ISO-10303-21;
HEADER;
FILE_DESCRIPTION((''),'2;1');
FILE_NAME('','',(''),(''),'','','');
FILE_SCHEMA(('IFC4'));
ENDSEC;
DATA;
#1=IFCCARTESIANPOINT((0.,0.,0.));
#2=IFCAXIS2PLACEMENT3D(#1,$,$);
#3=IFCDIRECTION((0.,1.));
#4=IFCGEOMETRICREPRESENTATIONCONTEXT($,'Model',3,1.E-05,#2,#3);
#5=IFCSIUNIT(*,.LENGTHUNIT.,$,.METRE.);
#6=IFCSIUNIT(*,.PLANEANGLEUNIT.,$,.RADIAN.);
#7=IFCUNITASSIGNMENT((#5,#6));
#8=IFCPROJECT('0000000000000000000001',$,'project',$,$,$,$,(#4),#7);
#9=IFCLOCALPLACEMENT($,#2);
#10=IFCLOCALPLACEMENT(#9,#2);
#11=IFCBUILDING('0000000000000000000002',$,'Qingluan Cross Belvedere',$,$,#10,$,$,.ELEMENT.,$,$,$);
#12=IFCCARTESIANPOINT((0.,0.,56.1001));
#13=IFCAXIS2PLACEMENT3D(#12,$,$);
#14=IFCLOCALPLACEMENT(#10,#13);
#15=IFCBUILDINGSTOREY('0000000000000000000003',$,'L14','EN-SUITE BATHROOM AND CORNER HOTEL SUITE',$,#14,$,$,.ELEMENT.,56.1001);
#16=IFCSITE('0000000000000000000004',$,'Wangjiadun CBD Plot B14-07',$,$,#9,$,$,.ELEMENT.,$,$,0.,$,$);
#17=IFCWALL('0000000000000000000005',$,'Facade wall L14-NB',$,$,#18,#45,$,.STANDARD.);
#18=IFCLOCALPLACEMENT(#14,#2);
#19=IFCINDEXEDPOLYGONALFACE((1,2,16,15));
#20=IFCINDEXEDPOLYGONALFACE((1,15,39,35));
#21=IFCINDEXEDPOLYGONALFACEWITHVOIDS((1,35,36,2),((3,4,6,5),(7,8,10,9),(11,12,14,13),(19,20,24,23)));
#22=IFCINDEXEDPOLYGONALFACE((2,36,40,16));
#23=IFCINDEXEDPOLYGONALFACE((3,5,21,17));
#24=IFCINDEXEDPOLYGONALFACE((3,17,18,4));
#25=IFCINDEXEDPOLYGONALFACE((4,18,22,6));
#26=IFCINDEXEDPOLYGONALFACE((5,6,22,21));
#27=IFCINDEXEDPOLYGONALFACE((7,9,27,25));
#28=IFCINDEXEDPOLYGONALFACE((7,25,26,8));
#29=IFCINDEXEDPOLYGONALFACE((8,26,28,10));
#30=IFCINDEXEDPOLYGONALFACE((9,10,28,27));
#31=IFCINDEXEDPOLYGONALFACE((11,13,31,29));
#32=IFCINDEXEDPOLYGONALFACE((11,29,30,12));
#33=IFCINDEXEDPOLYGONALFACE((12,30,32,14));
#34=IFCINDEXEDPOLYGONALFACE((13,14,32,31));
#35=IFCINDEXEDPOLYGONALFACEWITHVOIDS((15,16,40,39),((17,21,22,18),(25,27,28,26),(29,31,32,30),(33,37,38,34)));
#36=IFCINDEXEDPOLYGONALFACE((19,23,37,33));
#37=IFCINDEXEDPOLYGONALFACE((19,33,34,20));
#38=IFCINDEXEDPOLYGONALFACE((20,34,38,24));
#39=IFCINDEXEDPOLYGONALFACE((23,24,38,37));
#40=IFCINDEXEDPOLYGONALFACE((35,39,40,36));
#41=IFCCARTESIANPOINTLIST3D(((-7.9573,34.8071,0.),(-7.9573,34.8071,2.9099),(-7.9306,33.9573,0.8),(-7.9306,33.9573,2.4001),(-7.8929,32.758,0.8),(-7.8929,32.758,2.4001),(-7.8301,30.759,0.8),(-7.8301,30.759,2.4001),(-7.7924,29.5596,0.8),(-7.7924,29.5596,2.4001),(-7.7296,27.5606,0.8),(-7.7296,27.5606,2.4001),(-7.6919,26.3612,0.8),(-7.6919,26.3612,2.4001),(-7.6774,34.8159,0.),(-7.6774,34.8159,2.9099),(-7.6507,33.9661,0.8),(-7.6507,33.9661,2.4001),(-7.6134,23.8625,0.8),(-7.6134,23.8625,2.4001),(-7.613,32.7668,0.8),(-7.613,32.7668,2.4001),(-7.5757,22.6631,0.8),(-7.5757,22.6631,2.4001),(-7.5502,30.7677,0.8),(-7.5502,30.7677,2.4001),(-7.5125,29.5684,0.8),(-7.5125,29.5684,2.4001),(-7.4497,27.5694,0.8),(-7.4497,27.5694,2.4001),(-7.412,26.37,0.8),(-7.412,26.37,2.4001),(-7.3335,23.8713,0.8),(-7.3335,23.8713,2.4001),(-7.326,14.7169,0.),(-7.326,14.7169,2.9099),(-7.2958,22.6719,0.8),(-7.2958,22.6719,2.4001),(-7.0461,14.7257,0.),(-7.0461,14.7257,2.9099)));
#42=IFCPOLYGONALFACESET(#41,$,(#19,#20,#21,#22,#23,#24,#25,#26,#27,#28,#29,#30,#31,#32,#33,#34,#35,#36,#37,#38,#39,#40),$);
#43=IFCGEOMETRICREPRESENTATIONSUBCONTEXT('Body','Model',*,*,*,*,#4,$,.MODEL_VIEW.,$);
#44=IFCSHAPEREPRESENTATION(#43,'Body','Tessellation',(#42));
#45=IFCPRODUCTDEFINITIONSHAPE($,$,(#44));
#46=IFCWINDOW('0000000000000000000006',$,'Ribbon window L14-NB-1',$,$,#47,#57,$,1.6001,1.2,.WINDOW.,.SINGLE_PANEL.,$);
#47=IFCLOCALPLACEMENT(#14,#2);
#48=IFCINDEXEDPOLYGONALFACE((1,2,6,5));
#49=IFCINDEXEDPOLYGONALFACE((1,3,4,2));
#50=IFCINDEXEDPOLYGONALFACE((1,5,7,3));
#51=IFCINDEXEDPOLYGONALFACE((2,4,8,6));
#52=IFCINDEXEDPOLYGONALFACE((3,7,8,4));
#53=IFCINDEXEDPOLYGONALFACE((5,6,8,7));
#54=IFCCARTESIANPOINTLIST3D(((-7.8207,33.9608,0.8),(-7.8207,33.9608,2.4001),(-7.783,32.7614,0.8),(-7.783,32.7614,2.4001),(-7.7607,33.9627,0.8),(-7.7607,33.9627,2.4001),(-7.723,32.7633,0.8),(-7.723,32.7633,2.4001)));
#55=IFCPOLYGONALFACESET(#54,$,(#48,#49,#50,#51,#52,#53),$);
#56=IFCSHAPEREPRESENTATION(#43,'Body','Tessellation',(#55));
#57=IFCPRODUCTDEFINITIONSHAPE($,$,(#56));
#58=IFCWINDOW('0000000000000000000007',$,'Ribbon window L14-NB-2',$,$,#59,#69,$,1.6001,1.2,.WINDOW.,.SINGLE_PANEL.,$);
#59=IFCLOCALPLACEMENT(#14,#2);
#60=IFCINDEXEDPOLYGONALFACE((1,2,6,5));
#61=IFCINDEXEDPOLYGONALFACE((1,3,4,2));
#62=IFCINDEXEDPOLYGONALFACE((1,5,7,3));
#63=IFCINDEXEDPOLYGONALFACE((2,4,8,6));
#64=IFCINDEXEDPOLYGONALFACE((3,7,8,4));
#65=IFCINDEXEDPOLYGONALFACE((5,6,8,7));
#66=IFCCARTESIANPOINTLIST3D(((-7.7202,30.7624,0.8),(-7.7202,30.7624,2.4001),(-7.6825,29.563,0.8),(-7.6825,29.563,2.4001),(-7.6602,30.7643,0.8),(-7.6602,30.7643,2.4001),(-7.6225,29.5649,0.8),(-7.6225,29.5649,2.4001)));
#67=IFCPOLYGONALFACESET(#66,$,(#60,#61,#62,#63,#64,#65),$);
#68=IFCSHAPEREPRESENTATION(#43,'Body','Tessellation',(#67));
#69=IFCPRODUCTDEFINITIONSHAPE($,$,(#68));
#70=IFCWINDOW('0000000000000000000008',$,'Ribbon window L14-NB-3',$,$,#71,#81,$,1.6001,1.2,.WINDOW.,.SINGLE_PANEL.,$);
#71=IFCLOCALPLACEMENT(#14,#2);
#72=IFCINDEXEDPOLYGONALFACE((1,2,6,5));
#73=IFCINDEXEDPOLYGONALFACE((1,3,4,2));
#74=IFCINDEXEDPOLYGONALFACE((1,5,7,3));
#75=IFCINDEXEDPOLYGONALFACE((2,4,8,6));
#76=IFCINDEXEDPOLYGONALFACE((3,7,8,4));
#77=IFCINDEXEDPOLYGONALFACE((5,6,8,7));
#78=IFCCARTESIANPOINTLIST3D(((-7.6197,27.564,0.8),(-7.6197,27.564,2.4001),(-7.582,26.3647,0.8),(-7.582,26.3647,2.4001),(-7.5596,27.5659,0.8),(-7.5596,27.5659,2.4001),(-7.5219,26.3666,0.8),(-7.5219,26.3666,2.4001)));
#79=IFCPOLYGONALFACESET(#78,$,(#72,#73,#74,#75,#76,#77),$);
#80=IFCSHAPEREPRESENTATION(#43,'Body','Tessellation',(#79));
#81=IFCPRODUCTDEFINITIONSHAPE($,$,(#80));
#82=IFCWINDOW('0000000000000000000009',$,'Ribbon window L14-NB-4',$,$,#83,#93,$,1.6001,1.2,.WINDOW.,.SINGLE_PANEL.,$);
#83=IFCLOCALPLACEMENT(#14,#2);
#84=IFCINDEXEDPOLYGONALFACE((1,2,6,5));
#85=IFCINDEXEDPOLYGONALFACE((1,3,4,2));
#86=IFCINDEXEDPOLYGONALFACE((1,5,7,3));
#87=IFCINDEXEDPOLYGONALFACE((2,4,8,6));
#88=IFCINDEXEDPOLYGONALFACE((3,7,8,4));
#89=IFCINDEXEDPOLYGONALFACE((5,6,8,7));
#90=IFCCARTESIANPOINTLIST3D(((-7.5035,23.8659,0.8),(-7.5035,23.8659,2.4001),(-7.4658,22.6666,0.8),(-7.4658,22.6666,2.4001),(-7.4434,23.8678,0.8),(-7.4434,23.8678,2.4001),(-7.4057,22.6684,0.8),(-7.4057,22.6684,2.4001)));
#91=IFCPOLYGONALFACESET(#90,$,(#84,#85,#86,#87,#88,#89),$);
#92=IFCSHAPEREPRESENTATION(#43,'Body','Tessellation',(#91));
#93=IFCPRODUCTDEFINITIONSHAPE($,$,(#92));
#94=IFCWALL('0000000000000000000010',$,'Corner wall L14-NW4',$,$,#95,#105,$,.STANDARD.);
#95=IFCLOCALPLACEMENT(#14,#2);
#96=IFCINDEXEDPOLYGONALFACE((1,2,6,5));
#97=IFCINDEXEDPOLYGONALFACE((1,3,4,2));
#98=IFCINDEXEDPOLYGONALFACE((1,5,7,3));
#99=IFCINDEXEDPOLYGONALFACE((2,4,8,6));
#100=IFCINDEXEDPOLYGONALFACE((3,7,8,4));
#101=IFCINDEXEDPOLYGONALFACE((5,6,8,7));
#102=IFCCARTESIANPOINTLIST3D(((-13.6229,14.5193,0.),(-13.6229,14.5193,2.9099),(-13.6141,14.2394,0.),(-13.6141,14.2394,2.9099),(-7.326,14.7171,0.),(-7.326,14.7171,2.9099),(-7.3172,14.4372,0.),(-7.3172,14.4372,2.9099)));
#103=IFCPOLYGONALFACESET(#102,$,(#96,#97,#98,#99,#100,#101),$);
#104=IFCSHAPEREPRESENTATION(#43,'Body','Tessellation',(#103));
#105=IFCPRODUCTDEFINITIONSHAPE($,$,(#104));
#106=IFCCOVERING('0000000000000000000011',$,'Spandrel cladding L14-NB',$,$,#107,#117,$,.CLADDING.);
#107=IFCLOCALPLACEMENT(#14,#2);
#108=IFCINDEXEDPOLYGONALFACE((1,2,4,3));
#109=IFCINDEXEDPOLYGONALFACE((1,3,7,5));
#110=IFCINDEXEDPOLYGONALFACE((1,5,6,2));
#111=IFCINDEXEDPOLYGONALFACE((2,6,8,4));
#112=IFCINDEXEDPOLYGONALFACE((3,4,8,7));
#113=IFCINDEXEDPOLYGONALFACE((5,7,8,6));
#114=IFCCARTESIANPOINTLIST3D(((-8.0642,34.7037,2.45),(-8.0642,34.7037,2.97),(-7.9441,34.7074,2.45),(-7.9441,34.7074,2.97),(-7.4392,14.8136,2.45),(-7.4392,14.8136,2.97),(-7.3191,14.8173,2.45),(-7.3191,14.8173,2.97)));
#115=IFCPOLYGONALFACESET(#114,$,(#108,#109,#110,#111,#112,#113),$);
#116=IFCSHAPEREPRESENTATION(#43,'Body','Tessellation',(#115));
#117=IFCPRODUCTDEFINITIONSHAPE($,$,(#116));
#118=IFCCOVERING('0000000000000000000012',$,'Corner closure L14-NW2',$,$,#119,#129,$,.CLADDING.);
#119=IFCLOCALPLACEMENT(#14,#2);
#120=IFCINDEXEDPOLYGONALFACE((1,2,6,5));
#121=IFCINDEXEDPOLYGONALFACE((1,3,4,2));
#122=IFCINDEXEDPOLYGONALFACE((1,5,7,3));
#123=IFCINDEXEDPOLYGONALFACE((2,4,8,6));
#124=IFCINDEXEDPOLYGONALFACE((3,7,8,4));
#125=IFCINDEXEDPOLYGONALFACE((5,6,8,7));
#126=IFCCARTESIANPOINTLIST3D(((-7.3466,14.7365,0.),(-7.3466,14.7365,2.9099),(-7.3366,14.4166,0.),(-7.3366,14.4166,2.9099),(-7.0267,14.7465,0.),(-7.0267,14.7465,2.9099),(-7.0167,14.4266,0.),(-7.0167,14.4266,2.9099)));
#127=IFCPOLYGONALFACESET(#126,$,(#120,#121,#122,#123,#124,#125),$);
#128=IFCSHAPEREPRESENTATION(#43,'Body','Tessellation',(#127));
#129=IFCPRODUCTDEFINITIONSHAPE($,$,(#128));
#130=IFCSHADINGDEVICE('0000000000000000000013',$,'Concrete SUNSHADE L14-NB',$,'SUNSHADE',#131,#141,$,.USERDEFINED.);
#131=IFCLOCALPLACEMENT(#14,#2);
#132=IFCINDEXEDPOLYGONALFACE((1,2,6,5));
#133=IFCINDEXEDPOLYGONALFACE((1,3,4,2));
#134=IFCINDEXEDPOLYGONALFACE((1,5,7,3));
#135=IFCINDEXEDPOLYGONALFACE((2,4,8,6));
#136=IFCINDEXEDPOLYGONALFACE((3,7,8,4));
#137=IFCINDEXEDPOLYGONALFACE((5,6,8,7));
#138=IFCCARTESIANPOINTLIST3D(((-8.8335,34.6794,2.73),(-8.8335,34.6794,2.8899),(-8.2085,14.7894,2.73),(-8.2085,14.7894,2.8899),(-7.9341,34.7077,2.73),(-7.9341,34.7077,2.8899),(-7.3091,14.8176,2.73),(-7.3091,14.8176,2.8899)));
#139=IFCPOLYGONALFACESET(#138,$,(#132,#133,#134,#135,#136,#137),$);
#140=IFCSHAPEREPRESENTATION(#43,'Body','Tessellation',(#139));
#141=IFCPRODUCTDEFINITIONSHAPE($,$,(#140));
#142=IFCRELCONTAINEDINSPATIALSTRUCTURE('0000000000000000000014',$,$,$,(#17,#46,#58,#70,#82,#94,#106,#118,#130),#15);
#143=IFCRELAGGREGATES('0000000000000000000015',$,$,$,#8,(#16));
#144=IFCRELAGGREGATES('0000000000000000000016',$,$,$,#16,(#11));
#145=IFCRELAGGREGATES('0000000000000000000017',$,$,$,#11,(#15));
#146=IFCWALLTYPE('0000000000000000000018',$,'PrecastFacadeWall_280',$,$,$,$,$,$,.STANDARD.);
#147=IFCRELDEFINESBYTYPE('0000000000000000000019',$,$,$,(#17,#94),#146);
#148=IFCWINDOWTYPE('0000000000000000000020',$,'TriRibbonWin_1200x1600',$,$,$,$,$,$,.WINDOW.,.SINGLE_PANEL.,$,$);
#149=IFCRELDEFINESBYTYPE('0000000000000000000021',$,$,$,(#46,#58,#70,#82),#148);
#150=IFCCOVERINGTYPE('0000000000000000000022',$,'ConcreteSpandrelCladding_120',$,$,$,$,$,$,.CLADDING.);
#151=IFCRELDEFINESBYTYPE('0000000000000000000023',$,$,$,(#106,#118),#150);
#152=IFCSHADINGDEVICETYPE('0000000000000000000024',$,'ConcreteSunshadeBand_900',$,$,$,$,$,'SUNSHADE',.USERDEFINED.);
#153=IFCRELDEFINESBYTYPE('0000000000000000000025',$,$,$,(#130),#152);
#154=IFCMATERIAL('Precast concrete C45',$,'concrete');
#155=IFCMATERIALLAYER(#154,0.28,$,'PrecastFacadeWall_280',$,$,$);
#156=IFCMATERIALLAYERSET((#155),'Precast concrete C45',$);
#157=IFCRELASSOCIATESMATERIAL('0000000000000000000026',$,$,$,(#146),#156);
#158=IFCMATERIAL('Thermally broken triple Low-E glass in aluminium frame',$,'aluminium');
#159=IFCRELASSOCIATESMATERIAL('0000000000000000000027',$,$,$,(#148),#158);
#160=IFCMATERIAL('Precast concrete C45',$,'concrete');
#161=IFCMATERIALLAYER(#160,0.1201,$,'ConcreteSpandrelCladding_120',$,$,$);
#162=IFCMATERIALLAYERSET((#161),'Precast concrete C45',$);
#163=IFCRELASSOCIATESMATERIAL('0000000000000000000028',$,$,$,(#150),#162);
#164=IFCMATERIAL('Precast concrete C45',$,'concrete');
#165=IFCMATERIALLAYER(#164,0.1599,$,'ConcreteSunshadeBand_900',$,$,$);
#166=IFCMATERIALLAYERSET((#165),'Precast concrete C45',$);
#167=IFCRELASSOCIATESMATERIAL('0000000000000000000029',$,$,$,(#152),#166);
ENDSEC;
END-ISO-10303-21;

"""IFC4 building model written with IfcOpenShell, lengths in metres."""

from ifc_helpers import new_model, si_unit, direction, frame, frame_2d, origin, origin_2d, place, context, subcontext, project, spatial, rectangle, extrude, material, layer, layer_set, type_object, element, fill, save


model = new_model("IFC4")

# Units and contexts
model_context = context("Model", 3, precision=1e-05, world=origin(), true_north=direction((0.0, 1.0)))
body_context = subcontext(model_context, "Body", "Model", "MODEL_VIEW")
ifc_project = project(units=[si_unit("LENGTHUNIT", "METRE"), si_unit("PLANEANGLEUNIT", "RADIAN")], contexts=[model_context])

# Site, building, storey
site_placement = place(None, origin())
site = spatial("IfcSite", under=ifc_project, at=site_placement, Name="Wangjiadun CBD Plot B14-07", CompositionType="ELEMENT", RefElevation=0.0)
building_placement = place(site_placement, origin())
building = spatial("IfcBuilding", under=site, at=building_placement, Name="Qingluan Cross Belvedere", CompositionType="ELEMENT")
storey_placement = place(building_placement, frame((0.0, 0.0, 56.1001)))
storey = spatial("IfcBuildingStorey", under=building, at=storey_placement, Name="L14", Description="EN-SUITE BATHROOM AND CORNER HOTEL SUITE", CompositionType="ELEMENT", Elevation=56.1001)

# Wall, openings, windows
ifc_material_1 = material(Name="Precast concrete C45", Category="concrete")
ifc_layer_1 = layer(ifc_material_1, 0.28, Name="PrecastFacadeWall_280")
ifc_layer_set_1 = layer_set([ifc_layer_1], Name="Precast concrete C45")
wall_type_1 = type_object("IfcWallType", Name="PrecastFacadeWall_280", PredefinedType="STANDARD", material=ifc_layer_set_1)
wall_1_placement = place(storey_placement, frame((-7.8174, 34.8115, 0.0), z_axis=(0.0, 0.0, 1.0), x_axis=(0.03141, -0.999507, 0.0)))
wall_1 = element("IfcWall", 1, at=wall_1_placement, inside=storey, type_object=wall_type_1, Name="Facade wall L14-NB", PredefinedType="STANDARD", context=body_context, shape_type="SweptSolid", body=[
    extrude(rectangle(XDim=20.1001, YDim=0.28, at=frame_2d((10.05, 0.0))), origin(), (0.0, 0.0, 1.0), 2.9099),
])
opening_1_placement = place(wall_1_placement, frame((0.8501, 0.0, 0.8)))
opening_1 = element("IfcOpeningElement", 2, at=opening_1_placement, cuts=wall_1, PredefinedType="OPENING", context=body_context, shape_type="SweptSolid", body=[
    extrude(rectangle(XDim=1.2, YDim=1.6001, at=frame_2d((0.6001, 0.8))), frame((0.0, 0.1499, 0.0), z_axis=(0.0, -1.0, 0.0), x_axis=(1.0, 0.0, 0.0)), (0.0, 0.0, 1.0), 0.3),
])
opening_2_placement = place(wall_1_placement, frame((4.05, 0.0, 0.8)))
opening_2 = element("IfcOpeningElement", 3, at=opening_2_placement, cuts=wall_1, PredefinedType="OPENING", context=body_context, shape_type="SweptSolid", body=[
    extrude(rectangle(XDim=1.2, YDim=1.6001, at=frame_2d((0.6001, 0.8))), frame((0.0, 0.1499, 0.0), z_axis=(0.0, -1.0, 0.0), x_axis=(1.0, 0.0, 0.0)), (0.0, 0.0, 1.0), 0.3),
])
opening_3_placement = place(wall_1_placement, frame((7.25, 0.0, 0.8)))
opening_3 = element("IfcOpeningElement", 4, at=opening_3_placement, cuts=wall_1, PredefinedType="OPENING", context=body_context, shape_type="SweptSolid", body=[
    extrude(rectangle(XDim=1.2, YDim=1.6001, at=frame_2d((0.6001, 0.8))), frame((0.0, 0.1499, 0.0), z_axis=(0.0, -1.0, 0.0), x_axis=(1.0, 0.0, 0.0)), (0.0, 0.0, 1.0), 0.3),
])
opening_4_placement = place(wall_1_placement, frame((10.95, 0.0, 0.8)))
opening_4 = element("IfcOpeningElement", 5, at=opening_4_placement, cuts=wall_1, PredefinedType="OPENING", context=body_context, shape_type="SweptSolid", body=[
    extrude(rectangle(XDim=1.2, YDim=1.6001, at=frame_2d((0.6001, 0.8))), frame((0.0, 0.1499, 0.0), z_axis=(0.0, -1.0, 0.0), x_axis=(1.0, 0.0, 0.0)), (0.0, 0.0, 1.0), 0.3),
])
ifc_material_2 = material(Name="Thermally broken triple Low-E glass in aluminium frame", Category="aluminium")
window_type = type_object("IfcWindowType", Name="TriRibbonWin_1200x1600", PartitioningType="SINGLE_PANEL", PredefinedType="WINDOW", material=ifc_material_2)
window_1_placement = place(opening_1_placement, origin())
window_1 = element("IfcWindow", 6, at=window_1_placement, inside=storey, type_object=window_type, Name="Ribbon window L14-NB-1", OverallHeight=1.6001, OverallWidth=1.2, PartitioningType="SINGLE_PANEL", PredefinedType="WINDOW", context=body_context, shape_type="SweptSolid", body=[
    extrude(rectangle(XDim=1.2, YDim=1.6001, at=frame_2d((0.6001, 0.8))), frame((0.0, 0.03, 0.0), z_axis=(0.0, -1.0, 0.0), x_axis=(1.0, 0.0, 0.0)), (0.0, 0.0, 1.0), 0.0601),
])
fill(opening_1, window_1)
window_2_placement = place(opening_2_placement, origin())
window_2 = element("IfcWindow", 7, at=window_2_placement, inside=storey, type_object=window_type, Name="Ribbon window L14-NB-2", OverallHeight=1.6001, OverallWidth=1.2, PartitioningType="SINGLE_PANEL", PredefinedType="WINDOW", context=body_context, shape_type="SweptSolid", body=[
    extrude(rectangle(XDim=1.2, YDim=1.6001, at=frame_2d((0.6001, 0.8))), frame((0.0, 0.03, 0.0), z_axis=(0.0, -1.0, 0.0), x_axis=(1.0, 0.0, 0.0)), (0.0, 0.0, 1.0), 0.0601),
])
fill(opening_2, window_2)
window_3_placement = place(opening_3_placement, origin())
window_3 = element("IfcWindow", 8, at=window_3_placement, inside=storey, type_object=window_type, Name="Ribbon window L14-NB-3", OverallHeight=1.6001, OverallWidth=1.2, PartitioningType="SINGLE_PANEL", PredefinedType="WINDOW", context=body_context, shape_type="SweptSolid", body=[
    extrude(rectangle(XDim=1.2, YDim=1.6001, at=frame_2d((0.6001, 0.8))), frame((0.0, 0.03, 0.0), z_axis=(0.0, -1.0, 0.0), x_axis=(1.0, 0.0, 0.0)), (0.0, 0.0, 1.0), 0.0601),
])
fill(opening_3, window_3)
window_4_placement = place(opening_4_placement, origin())
window_4 = element("IfcWindow", 9, at=window_4_placement, inside=storey, type_object=window_type, Name="Ribbon window L14-NB-4", OverallHeight=1.6001, OverallWidth=1.2, PartitioningType="SINGLE_PANEL", PredefinedType="WINDOW", context=body_context, shape_type="SweptSolid", body=[
    extrude(rectangle(XDim=1.2, YDim=1.6001, at=frame_2d((0.6001, 0.8))), frame((0.0, 0.03, 0.0), z_axis=(0.0, -1.0, 0.0), x_axis=(1.0, 0.0, 0.0)), (0.0, 0.0, 1.0), 0.0601),
])
fill(opening_4, window_4)

# Wall
wall_2_placement = place(storey_placement, frame((-13.6184, 14.3794, 0.0), z_axis=(0.0, 0.0, 1.0), x_axis=(0.999507, 0.03139, 0.0)))
element("IfcWall", 10, at=wall_2_placement, inside=storey, type_object=wall_type_1, Name="Corner wall L14-NW4", PredefinedType="STANDARD", context=body_context, shape_type="SweptSolid", body=[
    extrude(rectangle(XDim=6.3, YDim=0.28, at=frame_2d((3.1499, 0.0))), origin(), (0.0, 0.0, 1.0), 2.9099),
])

# Coverings
ifc_material_3 = material(Name="Precast concrete C45", Category="concrete")
ifc_layer_2 = layer(ifc_material_3, 0.1201, Name="ConcreteSpandrelCladding_120")
ifc_layer_set_2 = layer_set([ifc_layer_2], Name="Precast concrete C45")
covering_type = type_object("IfcCoveringType", Name="ConcreteSpandrelCladding_120", PredefinedType="CLADDING", material=ifc_layer_set_2)
covering_1_placement = place(storey_placement, frame((-7.6917, 24.7605, 2.45), z_axis=(0.0, 0.0, 1.0), x_axis=(0.031408, -0.999507, 0.0)))
element("IfcCovering", 11, at=covering_1_placement, inside=storey, type_object=covering_type, Name="Spandrel cladding L14-NB", PredefinedType="CLADDING", context=body_context, shape_type="SweptSolid", body=[
    extrude(rectangle(XDim=19.8999, YDim=0.1201, at=origin_2d()), origin(), (0.0, 0.0, 1.0), 0.52),
])
covering_2_placement = place(storey_placement, frame((-7.1816, 14.5815, 0.0), z_axis=(0.0, 0.0, 1.0), x_axis=(0.999507, 0.031411, 0.0)))
element("IfcCovering", 12, at=covering_2_placement, inside=storey, type_object=covering_type, Name="Corner closure L14-NW2", PredefinedType="CLADDING", context=body_context, shape_type="SweptSolid", body=[
    extrude(rectangle(XDim=0.3201, YDim=0.3201, at=origin_2d()), origin(), (0.0, 0.0, 1.0), 2.9099),
])

# Shading device
ifc_material_4 = material(Name="Precast concrete C45", Category="concrete")
ifc_layer_3 = layer(ifc_material_4, 0.1599, Name="ConcreteSunshadeBand_900")
ifc_layer_set_3 = layer_set([ifc_layer_3], Name="Precast concrete C45")
shading_device_type = type_object("IfcShadingDeviceType", Name="ConcreteSunshadeBand_900", ElementType="SUNSHADE", PredefinedType="USERDEFINED", material=ifc_layer_set_3)
shading_device_placement = place(storey_placement, frame((-8.0713, 24.7485, 2.73), z_axis=(0.0, 0.0, 1.0), x_axis=(0.031408, -0.999507, 0.0)))
element("IfcShadingDevice", 13, at=shading_device_placement, inside=storey, type_object=shading_device_type, Name="Concrete SUNSHADE L14-NB", ObjectType="SUNSHADE", PredefinedType="USERDEFINED", context=body_context, shape_type="SweptSolid", body=[
    extrude(rectangle(XDim=19.8999, YDim=0.8999, at=origin_2d()), origin(), (0.0, 0.0, 1.0), 0.1599),
])

save(model, "model.ifc")
